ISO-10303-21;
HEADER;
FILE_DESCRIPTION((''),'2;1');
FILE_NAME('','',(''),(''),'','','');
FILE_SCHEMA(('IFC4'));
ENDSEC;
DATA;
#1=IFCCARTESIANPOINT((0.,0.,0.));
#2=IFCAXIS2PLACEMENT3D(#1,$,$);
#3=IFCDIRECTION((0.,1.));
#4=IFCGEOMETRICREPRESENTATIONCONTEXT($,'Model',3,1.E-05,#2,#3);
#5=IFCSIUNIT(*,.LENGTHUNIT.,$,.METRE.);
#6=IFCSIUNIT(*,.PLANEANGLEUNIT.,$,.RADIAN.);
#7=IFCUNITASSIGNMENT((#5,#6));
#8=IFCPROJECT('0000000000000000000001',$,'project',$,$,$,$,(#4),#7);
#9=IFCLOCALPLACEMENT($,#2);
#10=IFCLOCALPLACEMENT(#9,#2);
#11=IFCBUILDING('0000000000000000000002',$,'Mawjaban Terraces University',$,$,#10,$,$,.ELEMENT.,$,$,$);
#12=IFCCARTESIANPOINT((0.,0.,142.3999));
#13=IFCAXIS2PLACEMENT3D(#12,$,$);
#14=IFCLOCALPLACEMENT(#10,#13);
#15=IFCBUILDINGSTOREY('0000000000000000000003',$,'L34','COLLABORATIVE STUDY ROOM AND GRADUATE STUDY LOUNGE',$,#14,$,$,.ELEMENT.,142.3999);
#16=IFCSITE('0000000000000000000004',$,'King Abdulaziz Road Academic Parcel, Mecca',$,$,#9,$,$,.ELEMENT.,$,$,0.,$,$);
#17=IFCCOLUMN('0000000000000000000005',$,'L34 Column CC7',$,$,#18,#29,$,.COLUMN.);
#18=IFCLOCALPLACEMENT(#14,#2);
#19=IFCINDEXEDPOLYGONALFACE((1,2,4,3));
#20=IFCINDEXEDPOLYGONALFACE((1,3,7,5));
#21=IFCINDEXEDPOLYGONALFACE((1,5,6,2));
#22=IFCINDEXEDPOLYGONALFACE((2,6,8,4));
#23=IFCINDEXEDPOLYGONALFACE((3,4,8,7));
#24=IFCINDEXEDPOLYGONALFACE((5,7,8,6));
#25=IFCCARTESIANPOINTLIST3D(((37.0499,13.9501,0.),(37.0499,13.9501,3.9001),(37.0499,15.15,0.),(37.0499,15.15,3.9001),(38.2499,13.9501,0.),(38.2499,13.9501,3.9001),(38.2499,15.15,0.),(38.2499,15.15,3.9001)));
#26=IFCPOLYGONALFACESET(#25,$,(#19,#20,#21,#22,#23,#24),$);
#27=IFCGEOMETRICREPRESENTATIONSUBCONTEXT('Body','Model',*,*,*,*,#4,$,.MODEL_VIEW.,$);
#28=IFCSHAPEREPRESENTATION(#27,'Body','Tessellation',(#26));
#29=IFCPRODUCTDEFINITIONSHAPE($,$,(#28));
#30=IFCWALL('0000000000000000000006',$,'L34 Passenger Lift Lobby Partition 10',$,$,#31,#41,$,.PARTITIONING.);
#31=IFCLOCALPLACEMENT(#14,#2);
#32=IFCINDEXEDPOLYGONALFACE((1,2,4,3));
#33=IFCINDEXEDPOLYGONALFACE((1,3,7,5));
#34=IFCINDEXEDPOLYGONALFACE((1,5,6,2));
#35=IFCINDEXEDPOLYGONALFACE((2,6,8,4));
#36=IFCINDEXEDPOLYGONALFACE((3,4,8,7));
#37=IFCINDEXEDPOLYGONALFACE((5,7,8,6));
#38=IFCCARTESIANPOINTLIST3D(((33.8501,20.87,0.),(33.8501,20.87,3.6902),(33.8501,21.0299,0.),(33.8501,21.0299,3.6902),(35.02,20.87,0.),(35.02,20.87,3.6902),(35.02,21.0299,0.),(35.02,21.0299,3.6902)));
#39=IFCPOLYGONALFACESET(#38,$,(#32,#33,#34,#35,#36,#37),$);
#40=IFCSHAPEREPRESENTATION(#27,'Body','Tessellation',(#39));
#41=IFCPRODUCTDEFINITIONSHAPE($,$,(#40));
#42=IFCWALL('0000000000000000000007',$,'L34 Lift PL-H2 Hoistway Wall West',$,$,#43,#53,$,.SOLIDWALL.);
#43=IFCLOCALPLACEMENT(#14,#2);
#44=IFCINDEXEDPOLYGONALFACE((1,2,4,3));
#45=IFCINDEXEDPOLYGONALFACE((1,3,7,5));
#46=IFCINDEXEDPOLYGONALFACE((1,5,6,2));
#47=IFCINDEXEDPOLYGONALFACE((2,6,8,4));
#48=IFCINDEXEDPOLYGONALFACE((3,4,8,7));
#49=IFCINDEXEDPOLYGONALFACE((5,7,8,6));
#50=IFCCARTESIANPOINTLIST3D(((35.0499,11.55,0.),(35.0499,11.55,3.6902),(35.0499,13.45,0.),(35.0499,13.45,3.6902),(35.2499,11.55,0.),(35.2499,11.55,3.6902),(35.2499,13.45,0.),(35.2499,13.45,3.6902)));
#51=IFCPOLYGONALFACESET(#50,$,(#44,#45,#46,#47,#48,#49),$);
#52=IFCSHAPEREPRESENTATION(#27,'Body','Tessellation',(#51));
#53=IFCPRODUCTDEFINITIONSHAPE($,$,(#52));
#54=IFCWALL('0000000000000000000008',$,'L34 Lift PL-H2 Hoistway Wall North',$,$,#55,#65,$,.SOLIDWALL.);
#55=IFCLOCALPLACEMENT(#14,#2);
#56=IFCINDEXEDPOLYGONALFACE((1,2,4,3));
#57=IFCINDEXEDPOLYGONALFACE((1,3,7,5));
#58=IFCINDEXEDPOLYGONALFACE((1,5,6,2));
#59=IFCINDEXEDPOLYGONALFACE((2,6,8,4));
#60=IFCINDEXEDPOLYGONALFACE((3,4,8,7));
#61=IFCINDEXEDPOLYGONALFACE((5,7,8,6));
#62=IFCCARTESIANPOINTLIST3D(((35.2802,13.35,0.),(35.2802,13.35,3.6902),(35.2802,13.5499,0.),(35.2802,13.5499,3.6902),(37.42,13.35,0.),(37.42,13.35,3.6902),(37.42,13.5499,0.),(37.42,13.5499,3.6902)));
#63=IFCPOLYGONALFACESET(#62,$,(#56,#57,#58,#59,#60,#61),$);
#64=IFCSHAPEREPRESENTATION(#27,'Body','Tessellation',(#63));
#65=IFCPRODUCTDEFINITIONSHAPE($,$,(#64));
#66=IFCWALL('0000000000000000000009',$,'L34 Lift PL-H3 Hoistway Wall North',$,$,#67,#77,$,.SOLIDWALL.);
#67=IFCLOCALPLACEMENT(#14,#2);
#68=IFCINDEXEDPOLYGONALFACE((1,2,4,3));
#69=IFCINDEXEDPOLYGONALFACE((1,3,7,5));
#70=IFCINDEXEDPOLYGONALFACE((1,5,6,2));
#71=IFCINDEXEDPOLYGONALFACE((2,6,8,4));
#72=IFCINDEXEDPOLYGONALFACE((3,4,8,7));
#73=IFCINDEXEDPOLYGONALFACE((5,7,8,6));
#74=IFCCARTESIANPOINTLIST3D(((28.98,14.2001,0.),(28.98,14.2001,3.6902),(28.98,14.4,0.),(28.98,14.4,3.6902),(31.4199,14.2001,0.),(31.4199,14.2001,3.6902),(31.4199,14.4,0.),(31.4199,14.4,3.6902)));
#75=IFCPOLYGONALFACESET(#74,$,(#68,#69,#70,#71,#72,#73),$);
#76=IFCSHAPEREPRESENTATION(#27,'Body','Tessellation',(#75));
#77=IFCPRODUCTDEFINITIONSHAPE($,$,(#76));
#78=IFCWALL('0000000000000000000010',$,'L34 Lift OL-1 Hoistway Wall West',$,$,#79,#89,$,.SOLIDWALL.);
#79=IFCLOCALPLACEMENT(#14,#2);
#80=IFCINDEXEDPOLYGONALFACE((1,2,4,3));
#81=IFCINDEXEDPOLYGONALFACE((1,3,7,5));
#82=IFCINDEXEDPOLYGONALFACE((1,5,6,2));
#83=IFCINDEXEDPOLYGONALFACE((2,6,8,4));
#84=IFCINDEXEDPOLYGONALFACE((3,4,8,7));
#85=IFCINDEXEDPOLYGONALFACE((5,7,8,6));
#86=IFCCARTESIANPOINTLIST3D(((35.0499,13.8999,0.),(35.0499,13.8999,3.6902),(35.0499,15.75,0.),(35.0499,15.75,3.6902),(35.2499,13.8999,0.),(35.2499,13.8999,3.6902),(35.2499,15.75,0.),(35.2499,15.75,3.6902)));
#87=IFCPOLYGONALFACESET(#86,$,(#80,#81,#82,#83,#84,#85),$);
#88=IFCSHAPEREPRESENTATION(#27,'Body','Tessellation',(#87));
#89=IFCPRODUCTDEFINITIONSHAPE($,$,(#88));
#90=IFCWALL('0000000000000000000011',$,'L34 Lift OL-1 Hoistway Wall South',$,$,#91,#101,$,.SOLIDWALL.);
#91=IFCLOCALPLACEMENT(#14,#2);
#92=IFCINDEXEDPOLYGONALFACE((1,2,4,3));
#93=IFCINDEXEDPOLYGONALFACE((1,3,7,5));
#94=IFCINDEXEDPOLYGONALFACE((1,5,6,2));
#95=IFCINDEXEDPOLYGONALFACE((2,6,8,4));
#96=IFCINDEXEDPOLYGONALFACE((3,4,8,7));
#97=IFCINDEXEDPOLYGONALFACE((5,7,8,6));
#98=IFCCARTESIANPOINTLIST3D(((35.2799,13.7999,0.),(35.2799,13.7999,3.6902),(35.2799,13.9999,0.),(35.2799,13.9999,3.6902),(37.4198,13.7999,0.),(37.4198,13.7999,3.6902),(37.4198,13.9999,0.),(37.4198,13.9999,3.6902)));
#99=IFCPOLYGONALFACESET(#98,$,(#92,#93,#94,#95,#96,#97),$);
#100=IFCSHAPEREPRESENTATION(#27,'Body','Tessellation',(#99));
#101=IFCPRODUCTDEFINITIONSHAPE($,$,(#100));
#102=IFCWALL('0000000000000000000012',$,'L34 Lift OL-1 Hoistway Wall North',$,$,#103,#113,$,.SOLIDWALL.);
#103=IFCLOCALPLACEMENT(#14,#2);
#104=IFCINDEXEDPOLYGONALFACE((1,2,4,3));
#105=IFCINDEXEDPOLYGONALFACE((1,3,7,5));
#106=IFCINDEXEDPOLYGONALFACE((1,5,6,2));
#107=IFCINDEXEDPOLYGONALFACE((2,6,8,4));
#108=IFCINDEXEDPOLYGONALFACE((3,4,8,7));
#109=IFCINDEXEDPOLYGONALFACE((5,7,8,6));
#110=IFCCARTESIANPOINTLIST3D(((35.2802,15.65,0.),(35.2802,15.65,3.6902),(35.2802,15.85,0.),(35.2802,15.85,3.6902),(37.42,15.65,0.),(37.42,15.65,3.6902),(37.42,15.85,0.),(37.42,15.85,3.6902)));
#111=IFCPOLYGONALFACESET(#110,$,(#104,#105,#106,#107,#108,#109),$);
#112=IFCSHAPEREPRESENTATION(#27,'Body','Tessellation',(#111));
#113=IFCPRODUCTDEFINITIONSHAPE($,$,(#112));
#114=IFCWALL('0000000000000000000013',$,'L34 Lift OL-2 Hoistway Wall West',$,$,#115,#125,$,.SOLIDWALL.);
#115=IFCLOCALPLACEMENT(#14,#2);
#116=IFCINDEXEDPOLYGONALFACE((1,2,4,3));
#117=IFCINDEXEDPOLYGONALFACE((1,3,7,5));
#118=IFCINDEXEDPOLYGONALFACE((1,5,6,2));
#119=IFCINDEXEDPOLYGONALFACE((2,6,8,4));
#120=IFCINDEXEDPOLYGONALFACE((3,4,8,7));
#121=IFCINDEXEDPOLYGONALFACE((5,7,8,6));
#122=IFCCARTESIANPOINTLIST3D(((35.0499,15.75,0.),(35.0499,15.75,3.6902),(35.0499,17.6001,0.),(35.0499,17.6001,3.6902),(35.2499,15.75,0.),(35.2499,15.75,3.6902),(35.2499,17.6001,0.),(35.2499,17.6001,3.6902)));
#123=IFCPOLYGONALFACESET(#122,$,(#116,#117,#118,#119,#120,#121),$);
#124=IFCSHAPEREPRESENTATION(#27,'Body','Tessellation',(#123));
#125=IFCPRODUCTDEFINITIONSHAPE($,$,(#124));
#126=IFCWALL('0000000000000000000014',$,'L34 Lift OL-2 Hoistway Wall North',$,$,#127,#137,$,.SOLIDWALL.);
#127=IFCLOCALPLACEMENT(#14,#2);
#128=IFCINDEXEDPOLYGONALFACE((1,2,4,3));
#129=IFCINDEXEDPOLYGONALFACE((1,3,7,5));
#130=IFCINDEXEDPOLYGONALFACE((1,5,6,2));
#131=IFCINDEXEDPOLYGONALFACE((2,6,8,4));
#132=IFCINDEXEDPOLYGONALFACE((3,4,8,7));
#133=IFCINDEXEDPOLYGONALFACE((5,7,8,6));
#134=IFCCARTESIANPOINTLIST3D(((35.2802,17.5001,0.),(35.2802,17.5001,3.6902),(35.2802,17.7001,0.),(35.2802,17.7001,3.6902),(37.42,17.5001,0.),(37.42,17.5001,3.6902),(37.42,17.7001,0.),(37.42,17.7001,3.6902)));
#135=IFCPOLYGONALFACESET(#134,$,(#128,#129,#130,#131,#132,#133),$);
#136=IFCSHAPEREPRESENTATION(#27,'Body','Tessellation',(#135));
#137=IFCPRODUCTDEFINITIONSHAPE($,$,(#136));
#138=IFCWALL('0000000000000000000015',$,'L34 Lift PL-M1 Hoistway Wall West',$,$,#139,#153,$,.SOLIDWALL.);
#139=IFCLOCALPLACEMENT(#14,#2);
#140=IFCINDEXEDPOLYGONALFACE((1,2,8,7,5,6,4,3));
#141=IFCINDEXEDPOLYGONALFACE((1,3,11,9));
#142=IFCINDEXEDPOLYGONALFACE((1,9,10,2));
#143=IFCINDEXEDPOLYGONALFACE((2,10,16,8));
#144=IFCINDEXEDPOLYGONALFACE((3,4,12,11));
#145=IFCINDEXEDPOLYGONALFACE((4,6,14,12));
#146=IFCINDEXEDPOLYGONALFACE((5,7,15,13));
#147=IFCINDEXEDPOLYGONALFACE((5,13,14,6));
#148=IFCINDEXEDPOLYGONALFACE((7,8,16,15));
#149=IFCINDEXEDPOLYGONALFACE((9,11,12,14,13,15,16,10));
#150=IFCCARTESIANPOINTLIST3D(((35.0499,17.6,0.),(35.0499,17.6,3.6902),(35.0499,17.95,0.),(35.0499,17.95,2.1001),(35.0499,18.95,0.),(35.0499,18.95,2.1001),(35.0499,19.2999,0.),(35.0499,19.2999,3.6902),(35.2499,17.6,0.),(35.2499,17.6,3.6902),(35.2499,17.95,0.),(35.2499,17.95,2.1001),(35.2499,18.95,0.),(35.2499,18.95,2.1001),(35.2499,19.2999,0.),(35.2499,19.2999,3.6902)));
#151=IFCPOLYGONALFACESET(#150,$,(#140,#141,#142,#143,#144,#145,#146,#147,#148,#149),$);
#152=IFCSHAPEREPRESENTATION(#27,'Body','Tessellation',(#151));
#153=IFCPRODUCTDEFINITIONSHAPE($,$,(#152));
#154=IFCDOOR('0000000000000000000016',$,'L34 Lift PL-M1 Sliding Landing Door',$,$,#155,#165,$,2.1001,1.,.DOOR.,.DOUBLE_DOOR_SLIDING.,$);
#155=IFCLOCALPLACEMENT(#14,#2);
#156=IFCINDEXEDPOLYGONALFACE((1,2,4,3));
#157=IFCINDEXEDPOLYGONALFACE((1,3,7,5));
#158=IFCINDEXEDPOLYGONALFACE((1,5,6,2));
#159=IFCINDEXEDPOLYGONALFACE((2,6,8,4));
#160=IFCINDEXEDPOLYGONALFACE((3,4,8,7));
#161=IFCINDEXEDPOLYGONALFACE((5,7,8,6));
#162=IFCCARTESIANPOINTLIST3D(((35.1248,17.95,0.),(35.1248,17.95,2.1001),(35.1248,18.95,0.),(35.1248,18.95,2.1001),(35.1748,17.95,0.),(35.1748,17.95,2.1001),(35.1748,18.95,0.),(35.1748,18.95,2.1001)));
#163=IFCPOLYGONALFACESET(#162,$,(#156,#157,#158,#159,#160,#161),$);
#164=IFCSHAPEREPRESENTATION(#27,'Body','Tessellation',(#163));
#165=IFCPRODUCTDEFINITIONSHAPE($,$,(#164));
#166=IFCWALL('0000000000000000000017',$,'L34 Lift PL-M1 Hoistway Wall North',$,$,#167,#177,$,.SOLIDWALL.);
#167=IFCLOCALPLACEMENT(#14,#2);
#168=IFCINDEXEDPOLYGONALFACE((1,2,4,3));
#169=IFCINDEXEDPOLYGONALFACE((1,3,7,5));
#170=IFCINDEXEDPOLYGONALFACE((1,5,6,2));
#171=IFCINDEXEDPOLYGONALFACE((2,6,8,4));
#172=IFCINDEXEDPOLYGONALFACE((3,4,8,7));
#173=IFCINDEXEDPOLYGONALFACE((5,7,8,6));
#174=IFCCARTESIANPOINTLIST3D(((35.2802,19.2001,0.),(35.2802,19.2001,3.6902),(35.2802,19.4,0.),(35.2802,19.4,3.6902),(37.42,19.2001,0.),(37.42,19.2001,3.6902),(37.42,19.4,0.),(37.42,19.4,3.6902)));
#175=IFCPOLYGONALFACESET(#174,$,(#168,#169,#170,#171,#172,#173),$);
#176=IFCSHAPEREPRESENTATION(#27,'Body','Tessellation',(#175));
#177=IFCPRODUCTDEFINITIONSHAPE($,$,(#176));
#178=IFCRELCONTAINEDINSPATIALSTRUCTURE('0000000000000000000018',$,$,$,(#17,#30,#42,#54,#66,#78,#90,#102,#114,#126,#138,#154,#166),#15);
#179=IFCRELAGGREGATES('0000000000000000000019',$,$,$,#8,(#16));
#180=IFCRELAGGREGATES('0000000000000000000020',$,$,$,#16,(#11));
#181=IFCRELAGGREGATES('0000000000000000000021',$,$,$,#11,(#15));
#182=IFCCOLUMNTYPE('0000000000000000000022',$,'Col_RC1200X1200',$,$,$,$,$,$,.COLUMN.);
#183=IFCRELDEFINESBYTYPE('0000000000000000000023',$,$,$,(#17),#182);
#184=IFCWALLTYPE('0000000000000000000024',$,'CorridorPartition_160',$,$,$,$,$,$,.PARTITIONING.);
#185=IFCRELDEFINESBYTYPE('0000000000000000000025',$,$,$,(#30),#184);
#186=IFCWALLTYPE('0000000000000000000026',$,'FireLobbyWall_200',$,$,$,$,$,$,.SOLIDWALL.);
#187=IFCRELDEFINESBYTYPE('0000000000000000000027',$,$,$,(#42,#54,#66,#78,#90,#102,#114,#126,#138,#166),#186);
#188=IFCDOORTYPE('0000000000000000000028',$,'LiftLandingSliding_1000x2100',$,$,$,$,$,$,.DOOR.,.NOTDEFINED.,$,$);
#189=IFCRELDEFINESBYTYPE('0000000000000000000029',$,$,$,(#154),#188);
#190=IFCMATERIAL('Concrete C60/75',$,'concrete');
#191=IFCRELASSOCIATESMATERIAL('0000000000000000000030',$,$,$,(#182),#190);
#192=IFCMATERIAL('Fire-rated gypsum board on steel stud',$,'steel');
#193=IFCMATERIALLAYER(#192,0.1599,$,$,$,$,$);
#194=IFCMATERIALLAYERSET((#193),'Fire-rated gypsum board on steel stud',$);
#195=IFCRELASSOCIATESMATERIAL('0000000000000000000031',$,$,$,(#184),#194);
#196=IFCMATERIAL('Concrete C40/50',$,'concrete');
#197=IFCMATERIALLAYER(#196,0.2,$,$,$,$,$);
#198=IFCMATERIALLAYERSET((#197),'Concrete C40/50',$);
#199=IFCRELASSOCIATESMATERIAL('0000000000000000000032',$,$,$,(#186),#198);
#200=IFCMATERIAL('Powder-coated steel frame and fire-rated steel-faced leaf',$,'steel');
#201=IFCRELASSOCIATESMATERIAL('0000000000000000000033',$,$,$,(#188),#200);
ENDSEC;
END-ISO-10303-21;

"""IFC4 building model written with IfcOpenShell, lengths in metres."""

from ifc_helpers import new_model, si_unit, direction, frame, frame_2d, origin, origin_2d, place, context, subcontext, project, spatial, rectangle, extrude, material, layer, layer_set, material_profile, profile_set, type_object, element, fill, save


model = new_model("IFC4")

# Units and contexts
model_context = context("Model", 3, precision=1e-05, world=origin(), true_north=direction((0.0, 1.0)))
body_context = subcontext(model_context, "Body", "Model", "MODEL_VIEW")
ifc_project = project(units=[si_unit("LENGTHUNIT", "METRE"), si_unit("PLANEANGLEUNIT", "RADIAN")], contexts=[model_context])

# Site, building, storey
site_placement = place(None, origin())
site = spatial("IfcSite", under=ifc_project, at=site_placement, Name="King Abdulaziz Road Academic Parcel, Mecca", CompositionType="ELEMENT", RefElevation=0.0)
building_placement = place(site_placement, origin())
building = spatial("IfcBuilding", under=site, at=building_placement, Name="Mawjaban Terraces University", CompositionType="ELEMENT")
storey_placement = place(building_placement, frame((0.0, 0.0, 142.3999)))
storey = spatial("IfcBuildingStorey", under=building, at=storey_placement, Name="L34", Description="COLLABORATIVE STUDY ROOM AND GRADUATE STUDY LOUNGE", CompositionType="ELEMENT", Elevation=142.3999)

# Column
ifc_material_1 = material(Name="Concrete C60/75", Category="concrete")
ifc_material_profile = material_profile(ifc_material_1, rectangle(XDim=1.2, YDim=1.2, at=origin_2d()), Name="RC1200X1200")
ifc_profile_set = profile_set([ifc_material_profile], Name="Concrete C60/75")
column_type = type_object("IfcColumnType", Name="Col_RC1200X1200", PredefinedType="COLUMN", material=ifc_profile_set)
column_placement = place(storey_placement, frame((37.6499, 14.55, 0.0), z_axis=(0.0, 0.0, 1.0), x_axis=(1.0, 0.0, 0.0)))
element("IfcColumn", 1, at=column_placement, inside=storey, type_object=column_type, Name="L34 Column CC7", PredefinedType="COLUMN", context=body_context, shape_type="SweptSolid", body=[
    extrude(rectangle(XDim=1.2, YDim=1.2, at=origin_2d()), origin(), (0.0, 0.0, 1.0), 3.9001),
])

# Walls
ifc_material_2 = material(Name="Fire-rated gypsum board on steel stud", Category="steel")
ifc_layer_1 = layer(ifc_material_2, 0.1599)
ifc_layer_set_1 = layer_set([ifc_layer_1], Name="Fire-rated gypsum board on steel stud")
wall_type_1 = type_object("IfcWallType", Name="CorridorPartition_160", PredefinedType="PARTITIONING", material=ifc_layer_set_1)
wall_1_placement = place(storey_placement, frame((35.02, 20.95, 0.0), z_axis=(0.0, 0.0, 1.0), x_axis=(-1.0, 0.0, 0.0)))
element("IfcWall", 2, at=wall_1_placement, inside=storey, type_object=wall_type_1, Name="L34 Passenger Lift Lobby Partition 10", PredefinedType="PARTITIONING", context=body_context, shape_type="SweptSolid", body=[
    extrude(rectangle(XDim=1.1699, YDim=0.1599, at=frame_2d((0.585, 0.0))), origin(), (0.0, 0.0, 1.0), 3.6902),
])
ifc_material_3 = material(Name="Concrete C40/50", Category="concrete")
ifc_layer_2 = layer(ifc_material_3, 0.2)
ifc_layer_set_2 = layer_set([ifc_layer_2], Name="Concrete C40/50")
wall_type_2 = type_object("IfcWallType", Name="FireLobbyWall_200", PredefinedType="SOLIDWALL", material=ifc_layer_set_2)
wall_2_placement = place(storey_placement, frame((35.1499, 13.45, 0.0), z_axis=(0.0, 0.0, 1.0), x_axis=(0.0, -1.0, 0.0)))
element("IfcWall", 3, at=wall_2_placement, inside=storey, type_object=wall_type_2, Name="L34 Lift PL-H2 Hoistway Wall West", PredefinedType="SOLIDWALL", context=body_context, shape_type="SweptSolid", body=[
    extrude(rectangle(XDim=1.8999, YDim=0.2, at=frame_2d((0.95, 0.0))), origin(), (0.0, 0.0, 1.0), 3.6902),
])
wall_3_placement = place(storey_placement, frame((37.4199, 13.45, 0.0), z_axis=(0.0, 0.0, 1.0), x_axis=(-1.0, 0.0, 0.0)))
element("IfcWall", 4, at=wall_3_placement, inside=storey, type_object=wall_type_2, Name="L34 Lift PL-H2 Hoistway Wall North", PredefinedType="SOLIDWALL", context=body_context, shape_type="SweptSolid", body=[
    extrude(rectangle(XDim=2.1399, YDim=0.2, at=frame_2d((1.0698, 0.0))), origin(), (0.0, 0.0, 1.0), 3.6902),
])
wall_4_placement = place(storey_placement, frame((31.4199, 14.3, 0.0), z_axis=(0.0, 0.0, 1.0), x_axis=(-1.0, 0.0, 0.0)))
element("IfcWall", 5, at=wall_4_placement, inside=storey, type_object=wall_type_2, Name="L34 Lift PL-H3 Hoistway Wall North", PredefinedType="SOLIDWALL", context=body_context, shape_type="SweptSolid", body=[
    extrude(rectangle(XDim=2.4399, YDim=0.2, at=frame_2d((1.22, 0.0))), origin(), (0.0, 0.0, 1.0), 3.6902),
])
wall_5_placement = place(storey_placement, frame((35.1499, 15.75, 0.0), z_axis=(0.0, 0.0, 1.0), x_axis=(0.0, -1.0, 0.0)))
element("IfcWall", 6, at=wall_5_placement, inside=storey, type_object=wall_type_2, Name="L34 Lift OL-1 Hoistway Wall West", PredefinedType="SOLIDWALL", context=body_context, shape_type="SweptSolid", body=[
    extrude(rectangle(XDim=1.8501, YDim=0.2, at=frame_2d((0.925, 0.0))), origin(), (0.0, 0.0, 1.0), 3.6902),
])
for number, where, z_axis, x_axis, name in (
    (7, (35.28, 13.8999, 0.0), (0.0, 0.0, 1.0), (1.0, 0.0, 0.0), "L34 Lift OL-1 Hoistway Wall South"),
    (8, (37.4199, 15.75, 0.0), (0.0, 0.0, 1.0), (-1.0, 0.0, 0.0), "L34 Lift OL-1 Hoistway Wall North"),
):
    element("IfcWall", number, at=place(storey_placement, frame(where, z_axis=z_axis, x_axis=x_axis)), inside=storey, type_object=wall_type_2, Name=name, PredefinedType="SOLIDWALL", context=body_context, shape_type="SweptSolid", body=[
        extrude(rectangle(XDim=2.1399, YDim=0.2, at=frame_2d((1.0698, 0.0))), origin(), (0.0, 0.0, 1.0), 3.6902),
    ])
wall_6_placement = place(storey_placement, frame((35.1499, 17.6001, 0.0), z_axis=(0.0, 0.0, 1.0), x_axis=(0.0, -1.0, 0.0)))
element("IfcWall", 9, at=wall_6_placement, inside=storey, type_object=wall_type_2, Name="L34 Lift OL-2 Hoistway Wall West", PredefinedType="SOLIDWALL", context=body_context, shape_type="SweptSolid", body=[
    extrude(rectangle(XDim=1.8501, YDim=0.2, at=frame_2d((0.925, 0.0))), origin(), (0.0, 0.0, 1.0), 3.6902),
])
wall_7_placement = place(storey_placement, frame((37.4199, 17.6001, 0.0), z_axis=(0.0, 0.0, 1.0), x_axis=(-1.0, 0.0, 0.0)))
element("IfcWall", 10, at=wall_7_placement, inside=storey, type_object=wall_type_2, Name="L34 Lift OL-2 Hoistway Wall North", PredefinedType="SOLIDWALL", context=body_context, shape_type="SweptSolid", body=[
    extrude(rectangle(XDim=2.1399, YDim=0.2, at=frame_2d((1.0698, 0.0))), origin(), (0.0, 0.0, 1.0), 3.6902),
])

# Wall, opening, door
wall_8_placement = place(storey_placement, frame((35.1499, 19.3, 0.0), z_axis=(0.0, 0.0, 1.0), x_axis=(0.0, -1.0, 0.0)))
wall_8 = element("IfcWall", 11, at=wall_8_placement, inside=storey, type_object=wall_type_2, Name="L34 Lift PL-M1 Hoistway Wall West", PredefinedType="SOLIDWALL", context=body_context, shape_type="SweptSolid", body=[
    extrude(rectangle(XDim=1.7, YDim=0.2, at=frame_2d((0.8501, 0.0))), origin(), (0.0, 0.0, 1.0), 3.6902),
])
opening_1_placement = place(wall_8_placement, frame((0.3501, 0.0, 0.0)))
opening_1 = element("IfcOpeningElement", 12, at=opening_1_placement, cuts=wall_8, PredefinedType="OPENING", context=body_context, shape_type="SweptSolid", body=[
    extrude(rectangle(XDim=1.0, YDim=2.1001, at=frame_2d((0.5, 1.05))), frame((0.0, 0.1099, 0.0), z_axis=(0.0, -1.0, 0.0), x_axis=(1.0, 0.0, 0.0)), (0.0, 0.0, 1.0), 0.22),
])
ifc_material_4 = material(Name="Powder-coated steel frame and fire-rated steel-faced leaf", Category="steel")
door_type_1 = type_object("IfcDoorType", Name="LiftLandingSliding_1000x2100", OperationType="NOTDEFINED", PredefinedType="DOOR", material=ifc_material_4)
door_1_placement = place(opening_1_placement, origin())
door_1 = element("IfcDoor", 13, at=door_1_placement, inside=storey, type_object=door_type_1, Name="L34 Lift PL-M1 Sliding Landing Door", OperationType="DOUBLE_DOOR_SLIDING", OverallHeight=2.1001, OverallWidth=1.0, PredefinedType="DOOR", context=body_context, shape_type="SweptSolid", body=[
    extrude(rectangle(XDim=1.0, YDim=2.1001, at=frame_2d((0.5, 1.05))), frame((0.0, 0.0249, 0.0), z_axis=(0.0, -1.0, 0.0), x_axis=(1.0, 0.0, 0.0)), (0.0, 0.0, 1.0), 0.05),
])
fill(opening_1, door_1)

# Wall
wall_9_placement = place(storey_placement, frame((37.4199, 19.3, 0.0), z_axis=(0.0, 0.0, 1.0), x_axis=(-1.0, 0.0, 0.0)))
element("IfcWall", 14, at=wall_9_placement, inside=storey, type_object=wall_type_2, Name="L34 Lift PL-M1 Hoistway Wall North", PredefinedType="SOLIDWALL", context=body_context, shape_type="SweptSolid", body=[
    extrude(rectangle(XDim=2.1399, YDim=0.2, at=frame_2d((1.0698, 0.0))), origin(), (0.0, 0.0, 1.0), 3.6902),
])

save(model, "model.ifc")
